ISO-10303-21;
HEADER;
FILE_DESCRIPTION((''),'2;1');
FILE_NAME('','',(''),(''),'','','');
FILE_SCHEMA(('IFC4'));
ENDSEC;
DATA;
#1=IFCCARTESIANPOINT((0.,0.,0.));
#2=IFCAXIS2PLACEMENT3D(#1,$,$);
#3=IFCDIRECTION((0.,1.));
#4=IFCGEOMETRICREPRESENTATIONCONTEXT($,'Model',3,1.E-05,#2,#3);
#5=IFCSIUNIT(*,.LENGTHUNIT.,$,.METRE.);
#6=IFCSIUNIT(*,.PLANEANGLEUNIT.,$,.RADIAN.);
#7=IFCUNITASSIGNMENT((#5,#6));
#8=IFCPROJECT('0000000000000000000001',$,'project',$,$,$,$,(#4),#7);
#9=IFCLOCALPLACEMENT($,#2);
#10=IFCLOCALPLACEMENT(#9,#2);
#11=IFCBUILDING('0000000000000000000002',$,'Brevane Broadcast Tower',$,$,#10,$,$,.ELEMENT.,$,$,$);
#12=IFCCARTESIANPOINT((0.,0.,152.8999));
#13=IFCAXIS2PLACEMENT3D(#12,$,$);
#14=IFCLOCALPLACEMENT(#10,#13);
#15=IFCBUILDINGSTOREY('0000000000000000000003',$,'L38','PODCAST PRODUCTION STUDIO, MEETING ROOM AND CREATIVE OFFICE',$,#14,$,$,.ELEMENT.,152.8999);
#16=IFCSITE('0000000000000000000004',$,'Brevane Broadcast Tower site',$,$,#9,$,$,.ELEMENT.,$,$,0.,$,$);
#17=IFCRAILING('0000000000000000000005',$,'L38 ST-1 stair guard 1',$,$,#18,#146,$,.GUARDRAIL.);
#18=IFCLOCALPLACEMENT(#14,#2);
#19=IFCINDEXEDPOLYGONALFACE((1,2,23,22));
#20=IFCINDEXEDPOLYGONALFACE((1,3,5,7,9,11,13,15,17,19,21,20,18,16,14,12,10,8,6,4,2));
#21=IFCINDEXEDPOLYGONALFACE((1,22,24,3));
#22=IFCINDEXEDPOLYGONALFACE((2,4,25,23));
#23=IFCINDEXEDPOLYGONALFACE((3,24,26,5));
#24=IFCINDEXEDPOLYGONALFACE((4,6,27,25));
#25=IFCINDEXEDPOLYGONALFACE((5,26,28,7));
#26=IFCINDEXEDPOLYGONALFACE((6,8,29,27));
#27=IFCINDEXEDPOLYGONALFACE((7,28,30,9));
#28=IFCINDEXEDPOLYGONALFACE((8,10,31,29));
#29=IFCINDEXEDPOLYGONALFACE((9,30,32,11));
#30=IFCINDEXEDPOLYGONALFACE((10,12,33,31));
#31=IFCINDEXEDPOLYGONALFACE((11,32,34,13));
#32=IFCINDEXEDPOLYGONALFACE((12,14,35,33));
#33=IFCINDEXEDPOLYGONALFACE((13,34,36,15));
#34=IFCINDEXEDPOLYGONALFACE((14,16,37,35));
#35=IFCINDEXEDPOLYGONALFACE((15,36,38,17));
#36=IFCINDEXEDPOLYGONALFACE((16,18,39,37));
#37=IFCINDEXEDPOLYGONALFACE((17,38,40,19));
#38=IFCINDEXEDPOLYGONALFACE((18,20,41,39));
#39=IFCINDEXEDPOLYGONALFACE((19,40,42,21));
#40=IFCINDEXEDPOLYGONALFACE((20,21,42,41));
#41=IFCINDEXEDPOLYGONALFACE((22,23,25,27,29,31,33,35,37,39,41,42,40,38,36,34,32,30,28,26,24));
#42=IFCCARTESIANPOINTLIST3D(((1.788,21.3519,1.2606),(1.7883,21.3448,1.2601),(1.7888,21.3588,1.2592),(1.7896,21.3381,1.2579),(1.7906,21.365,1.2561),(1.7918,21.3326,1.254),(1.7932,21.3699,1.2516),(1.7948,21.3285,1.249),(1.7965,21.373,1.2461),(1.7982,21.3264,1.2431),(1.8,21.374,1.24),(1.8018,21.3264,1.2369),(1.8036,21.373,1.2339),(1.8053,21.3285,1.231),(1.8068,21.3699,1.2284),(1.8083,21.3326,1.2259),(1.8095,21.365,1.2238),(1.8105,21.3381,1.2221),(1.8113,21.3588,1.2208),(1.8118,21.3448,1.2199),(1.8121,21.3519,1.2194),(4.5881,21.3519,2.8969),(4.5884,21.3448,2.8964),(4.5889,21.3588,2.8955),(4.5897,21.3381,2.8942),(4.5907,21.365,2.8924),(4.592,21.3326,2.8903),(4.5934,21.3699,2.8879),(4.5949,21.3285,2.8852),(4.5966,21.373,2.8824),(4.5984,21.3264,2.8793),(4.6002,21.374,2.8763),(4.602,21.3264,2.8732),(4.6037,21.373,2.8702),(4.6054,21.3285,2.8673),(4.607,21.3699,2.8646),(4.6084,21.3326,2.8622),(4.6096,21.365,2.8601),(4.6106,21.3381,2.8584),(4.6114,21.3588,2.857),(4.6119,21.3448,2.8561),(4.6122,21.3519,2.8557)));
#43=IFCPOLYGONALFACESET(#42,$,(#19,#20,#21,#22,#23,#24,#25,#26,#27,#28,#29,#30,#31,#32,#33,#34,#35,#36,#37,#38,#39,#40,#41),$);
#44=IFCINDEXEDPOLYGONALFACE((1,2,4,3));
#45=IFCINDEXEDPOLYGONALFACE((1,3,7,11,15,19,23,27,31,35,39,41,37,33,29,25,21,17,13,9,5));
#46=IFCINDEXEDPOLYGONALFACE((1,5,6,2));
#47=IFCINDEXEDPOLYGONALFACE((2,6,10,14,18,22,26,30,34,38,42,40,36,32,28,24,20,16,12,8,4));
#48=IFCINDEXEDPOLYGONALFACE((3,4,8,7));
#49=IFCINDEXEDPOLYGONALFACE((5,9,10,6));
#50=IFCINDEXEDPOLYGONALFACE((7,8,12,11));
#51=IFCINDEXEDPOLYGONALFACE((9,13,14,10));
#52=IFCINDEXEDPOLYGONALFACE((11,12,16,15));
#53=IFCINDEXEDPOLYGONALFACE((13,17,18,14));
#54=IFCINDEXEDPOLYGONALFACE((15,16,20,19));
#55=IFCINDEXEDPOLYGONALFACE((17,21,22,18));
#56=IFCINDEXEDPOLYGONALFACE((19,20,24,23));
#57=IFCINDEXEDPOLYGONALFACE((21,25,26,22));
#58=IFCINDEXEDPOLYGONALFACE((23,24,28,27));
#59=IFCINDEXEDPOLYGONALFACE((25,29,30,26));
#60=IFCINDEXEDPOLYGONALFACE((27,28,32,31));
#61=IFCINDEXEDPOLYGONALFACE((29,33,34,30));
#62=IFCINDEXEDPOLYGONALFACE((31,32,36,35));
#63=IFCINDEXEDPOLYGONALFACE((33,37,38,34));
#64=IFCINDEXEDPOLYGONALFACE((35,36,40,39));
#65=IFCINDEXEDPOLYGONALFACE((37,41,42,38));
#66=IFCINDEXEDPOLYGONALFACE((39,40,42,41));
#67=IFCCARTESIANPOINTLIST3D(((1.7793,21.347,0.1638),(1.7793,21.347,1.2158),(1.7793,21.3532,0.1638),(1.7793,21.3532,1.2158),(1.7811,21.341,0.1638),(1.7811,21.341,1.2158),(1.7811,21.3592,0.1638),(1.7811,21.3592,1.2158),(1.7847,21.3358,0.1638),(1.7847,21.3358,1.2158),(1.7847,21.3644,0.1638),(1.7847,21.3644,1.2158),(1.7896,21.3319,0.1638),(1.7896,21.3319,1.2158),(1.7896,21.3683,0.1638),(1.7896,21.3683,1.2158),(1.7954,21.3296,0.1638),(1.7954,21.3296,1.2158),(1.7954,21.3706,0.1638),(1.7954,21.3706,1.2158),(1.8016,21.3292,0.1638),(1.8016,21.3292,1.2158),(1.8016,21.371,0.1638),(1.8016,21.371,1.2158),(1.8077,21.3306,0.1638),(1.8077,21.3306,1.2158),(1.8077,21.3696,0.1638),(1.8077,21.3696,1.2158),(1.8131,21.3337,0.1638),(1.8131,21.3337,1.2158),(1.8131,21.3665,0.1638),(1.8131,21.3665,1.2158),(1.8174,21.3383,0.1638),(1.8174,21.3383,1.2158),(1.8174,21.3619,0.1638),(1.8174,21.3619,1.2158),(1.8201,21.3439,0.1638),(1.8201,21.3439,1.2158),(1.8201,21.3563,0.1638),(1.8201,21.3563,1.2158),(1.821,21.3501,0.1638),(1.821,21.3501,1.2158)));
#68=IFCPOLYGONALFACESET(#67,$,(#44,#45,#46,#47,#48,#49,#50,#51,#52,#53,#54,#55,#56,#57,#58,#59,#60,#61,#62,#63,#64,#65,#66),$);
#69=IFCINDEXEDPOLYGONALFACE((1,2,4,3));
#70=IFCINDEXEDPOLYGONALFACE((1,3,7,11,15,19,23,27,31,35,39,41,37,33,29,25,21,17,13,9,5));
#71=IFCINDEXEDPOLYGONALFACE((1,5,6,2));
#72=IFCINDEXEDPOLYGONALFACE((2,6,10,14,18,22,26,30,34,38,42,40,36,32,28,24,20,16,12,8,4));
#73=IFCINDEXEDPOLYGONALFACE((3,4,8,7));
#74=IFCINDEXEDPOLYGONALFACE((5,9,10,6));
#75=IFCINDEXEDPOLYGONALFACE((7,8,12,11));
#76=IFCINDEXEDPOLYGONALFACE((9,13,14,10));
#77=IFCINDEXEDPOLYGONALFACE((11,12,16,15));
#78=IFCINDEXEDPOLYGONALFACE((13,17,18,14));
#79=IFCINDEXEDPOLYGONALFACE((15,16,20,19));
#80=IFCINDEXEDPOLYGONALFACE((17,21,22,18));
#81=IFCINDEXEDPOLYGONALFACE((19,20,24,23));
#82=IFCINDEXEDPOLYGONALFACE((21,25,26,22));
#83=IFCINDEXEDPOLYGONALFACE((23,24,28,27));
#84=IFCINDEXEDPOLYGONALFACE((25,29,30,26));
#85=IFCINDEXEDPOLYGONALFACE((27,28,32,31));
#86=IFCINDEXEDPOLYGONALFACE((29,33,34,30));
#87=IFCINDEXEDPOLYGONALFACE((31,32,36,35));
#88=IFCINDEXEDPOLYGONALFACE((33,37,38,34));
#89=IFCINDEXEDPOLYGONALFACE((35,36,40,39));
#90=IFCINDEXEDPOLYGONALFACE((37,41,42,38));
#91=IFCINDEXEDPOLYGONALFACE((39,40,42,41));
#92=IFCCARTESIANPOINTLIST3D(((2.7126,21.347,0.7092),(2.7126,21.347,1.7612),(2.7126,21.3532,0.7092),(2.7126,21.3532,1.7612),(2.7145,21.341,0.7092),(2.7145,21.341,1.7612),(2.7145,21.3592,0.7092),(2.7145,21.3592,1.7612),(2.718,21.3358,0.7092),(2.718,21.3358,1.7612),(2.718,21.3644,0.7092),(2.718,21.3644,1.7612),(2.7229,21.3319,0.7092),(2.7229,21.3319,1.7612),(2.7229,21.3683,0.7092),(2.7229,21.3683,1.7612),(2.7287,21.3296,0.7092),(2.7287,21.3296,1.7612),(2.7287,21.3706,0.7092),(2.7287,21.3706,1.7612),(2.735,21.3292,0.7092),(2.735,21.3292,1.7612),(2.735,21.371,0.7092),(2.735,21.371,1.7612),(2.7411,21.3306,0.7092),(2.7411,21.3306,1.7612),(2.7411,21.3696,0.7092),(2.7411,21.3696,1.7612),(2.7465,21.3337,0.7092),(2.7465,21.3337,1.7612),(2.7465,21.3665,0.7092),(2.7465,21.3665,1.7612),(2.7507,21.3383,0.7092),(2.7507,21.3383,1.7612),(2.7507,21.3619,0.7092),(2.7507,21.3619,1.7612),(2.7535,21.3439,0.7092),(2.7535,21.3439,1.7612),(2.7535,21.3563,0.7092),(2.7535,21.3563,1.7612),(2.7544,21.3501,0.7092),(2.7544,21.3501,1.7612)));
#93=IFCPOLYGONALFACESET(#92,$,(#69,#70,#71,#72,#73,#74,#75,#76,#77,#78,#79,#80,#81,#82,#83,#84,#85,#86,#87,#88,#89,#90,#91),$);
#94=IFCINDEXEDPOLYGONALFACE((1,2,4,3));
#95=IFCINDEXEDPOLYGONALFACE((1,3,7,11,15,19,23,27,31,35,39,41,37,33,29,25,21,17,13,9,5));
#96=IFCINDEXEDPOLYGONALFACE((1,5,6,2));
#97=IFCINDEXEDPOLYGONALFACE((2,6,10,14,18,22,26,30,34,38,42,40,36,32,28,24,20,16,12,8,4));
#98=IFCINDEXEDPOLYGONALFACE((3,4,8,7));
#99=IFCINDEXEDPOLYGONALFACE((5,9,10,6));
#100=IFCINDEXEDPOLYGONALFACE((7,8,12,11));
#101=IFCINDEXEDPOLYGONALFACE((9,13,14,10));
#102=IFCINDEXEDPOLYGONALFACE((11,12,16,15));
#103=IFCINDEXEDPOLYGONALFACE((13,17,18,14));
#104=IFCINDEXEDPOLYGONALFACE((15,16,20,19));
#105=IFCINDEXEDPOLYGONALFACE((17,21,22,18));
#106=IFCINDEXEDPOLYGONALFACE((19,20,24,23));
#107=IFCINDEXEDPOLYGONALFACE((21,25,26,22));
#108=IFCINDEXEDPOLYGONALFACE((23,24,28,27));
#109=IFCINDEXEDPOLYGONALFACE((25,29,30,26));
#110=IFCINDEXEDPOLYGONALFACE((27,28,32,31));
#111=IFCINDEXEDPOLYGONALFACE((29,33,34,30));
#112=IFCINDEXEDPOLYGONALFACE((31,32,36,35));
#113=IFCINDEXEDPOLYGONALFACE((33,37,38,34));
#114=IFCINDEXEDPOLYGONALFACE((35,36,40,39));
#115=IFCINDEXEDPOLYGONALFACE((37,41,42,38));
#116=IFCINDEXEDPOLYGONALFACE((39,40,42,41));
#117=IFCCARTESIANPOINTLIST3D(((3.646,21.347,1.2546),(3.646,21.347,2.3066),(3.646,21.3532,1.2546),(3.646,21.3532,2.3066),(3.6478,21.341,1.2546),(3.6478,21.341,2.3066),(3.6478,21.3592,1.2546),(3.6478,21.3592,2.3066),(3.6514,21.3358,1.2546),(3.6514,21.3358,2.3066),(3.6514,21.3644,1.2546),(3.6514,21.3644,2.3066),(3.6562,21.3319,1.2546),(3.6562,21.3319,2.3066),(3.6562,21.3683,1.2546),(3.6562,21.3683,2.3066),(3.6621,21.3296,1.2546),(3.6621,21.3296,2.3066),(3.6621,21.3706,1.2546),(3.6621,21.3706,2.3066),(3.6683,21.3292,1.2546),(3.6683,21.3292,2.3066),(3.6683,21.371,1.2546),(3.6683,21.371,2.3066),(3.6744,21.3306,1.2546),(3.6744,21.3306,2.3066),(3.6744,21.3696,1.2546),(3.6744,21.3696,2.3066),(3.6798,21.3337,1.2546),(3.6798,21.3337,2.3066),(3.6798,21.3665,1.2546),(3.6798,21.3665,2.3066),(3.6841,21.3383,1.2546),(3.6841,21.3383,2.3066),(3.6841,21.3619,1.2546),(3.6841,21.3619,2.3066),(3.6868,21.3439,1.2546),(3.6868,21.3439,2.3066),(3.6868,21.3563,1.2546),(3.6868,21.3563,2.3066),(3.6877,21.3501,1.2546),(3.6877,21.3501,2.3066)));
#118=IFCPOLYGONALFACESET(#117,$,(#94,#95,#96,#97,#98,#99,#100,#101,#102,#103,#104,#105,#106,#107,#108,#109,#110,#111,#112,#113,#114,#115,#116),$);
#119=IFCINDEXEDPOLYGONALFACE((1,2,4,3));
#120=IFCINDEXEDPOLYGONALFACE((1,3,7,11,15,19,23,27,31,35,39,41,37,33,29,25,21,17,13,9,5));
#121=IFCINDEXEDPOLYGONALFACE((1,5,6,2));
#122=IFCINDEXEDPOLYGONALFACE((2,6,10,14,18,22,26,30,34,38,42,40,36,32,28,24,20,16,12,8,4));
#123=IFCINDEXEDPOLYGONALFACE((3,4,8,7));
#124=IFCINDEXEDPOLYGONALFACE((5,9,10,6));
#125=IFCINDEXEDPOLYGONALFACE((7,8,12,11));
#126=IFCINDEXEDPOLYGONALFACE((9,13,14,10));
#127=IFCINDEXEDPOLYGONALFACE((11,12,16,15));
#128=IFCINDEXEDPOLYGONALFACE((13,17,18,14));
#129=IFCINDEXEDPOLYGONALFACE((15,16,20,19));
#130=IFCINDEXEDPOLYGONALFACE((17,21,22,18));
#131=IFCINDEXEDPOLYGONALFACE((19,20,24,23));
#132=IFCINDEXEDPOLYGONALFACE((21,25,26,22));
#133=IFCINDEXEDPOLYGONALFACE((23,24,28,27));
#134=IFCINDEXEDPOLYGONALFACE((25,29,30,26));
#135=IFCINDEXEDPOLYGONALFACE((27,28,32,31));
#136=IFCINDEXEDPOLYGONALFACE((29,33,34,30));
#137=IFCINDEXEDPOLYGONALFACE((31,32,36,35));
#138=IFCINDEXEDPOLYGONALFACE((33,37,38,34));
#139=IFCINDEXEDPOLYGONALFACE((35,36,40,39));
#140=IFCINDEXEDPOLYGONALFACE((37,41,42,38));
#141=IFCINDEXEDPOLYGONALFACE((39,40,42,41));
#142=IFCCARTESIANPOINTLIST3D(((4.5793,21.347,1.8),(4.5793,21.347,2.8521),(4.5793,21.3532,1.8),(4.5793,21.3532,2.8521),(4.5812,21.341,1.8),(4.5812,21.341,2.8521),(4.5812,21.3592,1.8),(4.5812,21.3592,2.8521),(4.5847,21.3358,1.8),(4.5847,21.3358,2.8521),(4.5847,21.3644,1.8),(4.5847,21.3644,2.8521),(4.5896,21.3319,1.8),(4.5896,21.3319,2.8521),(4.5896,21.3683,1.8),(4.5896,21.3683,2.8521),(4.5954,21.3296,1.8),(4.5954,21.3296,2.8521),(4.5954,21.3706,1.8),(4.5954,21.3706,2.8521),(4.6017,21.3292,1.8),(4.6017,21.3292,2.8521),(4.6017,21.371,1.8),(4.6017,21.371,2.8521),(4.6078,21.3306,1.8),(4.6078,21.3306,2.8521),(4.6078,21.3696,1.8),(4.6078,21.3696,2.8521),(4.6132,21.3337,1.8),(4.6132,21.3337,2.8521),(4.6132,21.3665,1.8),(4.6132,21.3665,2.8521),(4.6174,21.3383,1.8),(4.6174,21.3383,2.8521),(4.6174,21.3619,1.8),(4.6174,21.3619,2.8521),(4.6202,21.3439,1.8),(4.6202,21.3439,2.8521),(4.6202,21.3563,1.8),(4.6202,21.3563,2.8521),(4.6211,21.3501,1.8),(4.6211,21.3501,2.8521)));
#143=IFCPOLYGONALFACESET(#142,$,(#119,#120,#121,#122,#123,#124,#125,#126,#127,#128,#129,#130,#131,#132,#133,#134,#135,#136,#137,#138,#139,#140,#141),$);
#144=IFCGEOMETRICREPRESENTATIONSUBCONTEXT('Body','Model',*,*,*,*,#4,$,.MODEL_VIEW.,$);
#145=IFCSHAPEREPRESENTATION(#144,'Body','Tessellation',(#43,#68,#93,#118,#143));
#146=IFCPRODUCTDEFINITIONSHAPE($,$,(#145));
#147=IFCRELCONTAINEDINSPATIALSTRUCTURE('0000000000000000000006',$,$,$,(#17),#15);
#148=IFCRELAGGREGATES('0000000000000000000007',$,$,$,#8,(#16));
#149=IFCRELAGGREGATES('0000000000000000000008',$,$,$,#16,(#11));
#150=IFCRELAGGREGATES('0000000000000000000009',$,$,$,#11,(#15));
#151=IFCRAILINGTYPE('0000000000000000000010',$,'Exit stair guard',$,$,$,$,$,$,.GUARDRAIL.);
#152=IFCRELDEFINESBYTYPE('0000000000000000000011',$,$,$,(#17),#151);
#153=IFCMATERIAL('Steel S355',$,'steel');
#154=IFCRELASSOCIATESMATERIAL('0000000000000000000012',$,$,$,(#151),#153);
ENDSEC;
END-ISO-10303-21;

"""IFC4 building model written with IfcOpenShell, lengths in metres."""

from ifc_helpers import new_model, si_unit, direction, frame, origin, origin_2d, place, context, subcontext, project, spatial, circle, extrude, material, type_object, element, save


model = new_model("IFC4")

# Units and contexts
model_context = context("Model", 3, precision=1e-05, world=origin(), true_north=direction((0.0, 1.0)))
body_context = subcontext(model_context, "Body", "Model", "MODEL_VIEW")
ifc_project = project(units=[si_unit("LENGTHUNIT", "METRE"), si_unit("PLANEANGLEUNIT", "RADIAN")], contexts=[model_context])

# Site, building, storey
site_placement = place(None, origin())
site = spatial("IfcSite", under=ifc_project, at=site_placement, Name="Brevane Broadcast Tower site", CompositionType="ELEMENT", RefElevation=0.0)
building_placement = place(site_placement, origin())
building = spatial("IfcBuilding", under=site, at=building_placement, Name="Brevane Broadcast Tower", CompositionType="ELEMENT")
storey_placement = place(building_placement, frame((0.0, 0.0, 152.8999)))
storey = spatial("IfcBuildingStorey", under=building, at=storey_placement, Name="L38", Description="PODCAST PRODUCTION STUDIO, MEETING ROOM AND CREATIVE OFFICE", CompositionType="ELEMENT", Elevation=152.8999)

# Railing
ifc_material_1 = material(Name="Steel S355", Category="steel")
railing_type_1 = type_object("IfcRailingType", Name="Exit stair guard", PredefinedType="GUARDRAIL", material=ifc_material_1)
railing_1_placement = place(storey_placement, frame((1.8, 21.3501, 0.1638)))
element("IfcRailing", 1, at=railing_1_placement, inside=storey, type_object=railing_type_1, Name="L38 ST-1 stair guard 1", PredefinedType="GUARDRAIL", context=body_context, shape_type="SweptSolid", body=[
    extrude(circle(Radius=0.0239, at=origin_2d()), frame((0.0, 0.0, 1.0762), z_axis=(0.863394, 0.0, 0.504531), x_axis=(0.0, 1.0, 0.0)), (0.0, 0.0, 1.0), 3.2432),
    extrude(circle(Radius=0.021, at=origin_2d()), origin(), (0.0, 0.0, 1.0), 1.052),
    extrude(circle(Radius=0.021, at=origin_2d()), frame((0.9333, 0.0, 0.5454)), (0.0, 0.0, 1.0), 1.052),
    extrude(circle(Radius=0.021, at=origin_2d()), frame((1.8667, 0.0, 1.0908)), (0.0, 0.0, 1.0), 1.052),
    extrude(circle(Radius=0.021, at=origin_2d()), frame((2.8, 0.0, 1.6362)), (0.0, 0.0, 1.0), 1.052),
])

save(model, "model.ifc")
